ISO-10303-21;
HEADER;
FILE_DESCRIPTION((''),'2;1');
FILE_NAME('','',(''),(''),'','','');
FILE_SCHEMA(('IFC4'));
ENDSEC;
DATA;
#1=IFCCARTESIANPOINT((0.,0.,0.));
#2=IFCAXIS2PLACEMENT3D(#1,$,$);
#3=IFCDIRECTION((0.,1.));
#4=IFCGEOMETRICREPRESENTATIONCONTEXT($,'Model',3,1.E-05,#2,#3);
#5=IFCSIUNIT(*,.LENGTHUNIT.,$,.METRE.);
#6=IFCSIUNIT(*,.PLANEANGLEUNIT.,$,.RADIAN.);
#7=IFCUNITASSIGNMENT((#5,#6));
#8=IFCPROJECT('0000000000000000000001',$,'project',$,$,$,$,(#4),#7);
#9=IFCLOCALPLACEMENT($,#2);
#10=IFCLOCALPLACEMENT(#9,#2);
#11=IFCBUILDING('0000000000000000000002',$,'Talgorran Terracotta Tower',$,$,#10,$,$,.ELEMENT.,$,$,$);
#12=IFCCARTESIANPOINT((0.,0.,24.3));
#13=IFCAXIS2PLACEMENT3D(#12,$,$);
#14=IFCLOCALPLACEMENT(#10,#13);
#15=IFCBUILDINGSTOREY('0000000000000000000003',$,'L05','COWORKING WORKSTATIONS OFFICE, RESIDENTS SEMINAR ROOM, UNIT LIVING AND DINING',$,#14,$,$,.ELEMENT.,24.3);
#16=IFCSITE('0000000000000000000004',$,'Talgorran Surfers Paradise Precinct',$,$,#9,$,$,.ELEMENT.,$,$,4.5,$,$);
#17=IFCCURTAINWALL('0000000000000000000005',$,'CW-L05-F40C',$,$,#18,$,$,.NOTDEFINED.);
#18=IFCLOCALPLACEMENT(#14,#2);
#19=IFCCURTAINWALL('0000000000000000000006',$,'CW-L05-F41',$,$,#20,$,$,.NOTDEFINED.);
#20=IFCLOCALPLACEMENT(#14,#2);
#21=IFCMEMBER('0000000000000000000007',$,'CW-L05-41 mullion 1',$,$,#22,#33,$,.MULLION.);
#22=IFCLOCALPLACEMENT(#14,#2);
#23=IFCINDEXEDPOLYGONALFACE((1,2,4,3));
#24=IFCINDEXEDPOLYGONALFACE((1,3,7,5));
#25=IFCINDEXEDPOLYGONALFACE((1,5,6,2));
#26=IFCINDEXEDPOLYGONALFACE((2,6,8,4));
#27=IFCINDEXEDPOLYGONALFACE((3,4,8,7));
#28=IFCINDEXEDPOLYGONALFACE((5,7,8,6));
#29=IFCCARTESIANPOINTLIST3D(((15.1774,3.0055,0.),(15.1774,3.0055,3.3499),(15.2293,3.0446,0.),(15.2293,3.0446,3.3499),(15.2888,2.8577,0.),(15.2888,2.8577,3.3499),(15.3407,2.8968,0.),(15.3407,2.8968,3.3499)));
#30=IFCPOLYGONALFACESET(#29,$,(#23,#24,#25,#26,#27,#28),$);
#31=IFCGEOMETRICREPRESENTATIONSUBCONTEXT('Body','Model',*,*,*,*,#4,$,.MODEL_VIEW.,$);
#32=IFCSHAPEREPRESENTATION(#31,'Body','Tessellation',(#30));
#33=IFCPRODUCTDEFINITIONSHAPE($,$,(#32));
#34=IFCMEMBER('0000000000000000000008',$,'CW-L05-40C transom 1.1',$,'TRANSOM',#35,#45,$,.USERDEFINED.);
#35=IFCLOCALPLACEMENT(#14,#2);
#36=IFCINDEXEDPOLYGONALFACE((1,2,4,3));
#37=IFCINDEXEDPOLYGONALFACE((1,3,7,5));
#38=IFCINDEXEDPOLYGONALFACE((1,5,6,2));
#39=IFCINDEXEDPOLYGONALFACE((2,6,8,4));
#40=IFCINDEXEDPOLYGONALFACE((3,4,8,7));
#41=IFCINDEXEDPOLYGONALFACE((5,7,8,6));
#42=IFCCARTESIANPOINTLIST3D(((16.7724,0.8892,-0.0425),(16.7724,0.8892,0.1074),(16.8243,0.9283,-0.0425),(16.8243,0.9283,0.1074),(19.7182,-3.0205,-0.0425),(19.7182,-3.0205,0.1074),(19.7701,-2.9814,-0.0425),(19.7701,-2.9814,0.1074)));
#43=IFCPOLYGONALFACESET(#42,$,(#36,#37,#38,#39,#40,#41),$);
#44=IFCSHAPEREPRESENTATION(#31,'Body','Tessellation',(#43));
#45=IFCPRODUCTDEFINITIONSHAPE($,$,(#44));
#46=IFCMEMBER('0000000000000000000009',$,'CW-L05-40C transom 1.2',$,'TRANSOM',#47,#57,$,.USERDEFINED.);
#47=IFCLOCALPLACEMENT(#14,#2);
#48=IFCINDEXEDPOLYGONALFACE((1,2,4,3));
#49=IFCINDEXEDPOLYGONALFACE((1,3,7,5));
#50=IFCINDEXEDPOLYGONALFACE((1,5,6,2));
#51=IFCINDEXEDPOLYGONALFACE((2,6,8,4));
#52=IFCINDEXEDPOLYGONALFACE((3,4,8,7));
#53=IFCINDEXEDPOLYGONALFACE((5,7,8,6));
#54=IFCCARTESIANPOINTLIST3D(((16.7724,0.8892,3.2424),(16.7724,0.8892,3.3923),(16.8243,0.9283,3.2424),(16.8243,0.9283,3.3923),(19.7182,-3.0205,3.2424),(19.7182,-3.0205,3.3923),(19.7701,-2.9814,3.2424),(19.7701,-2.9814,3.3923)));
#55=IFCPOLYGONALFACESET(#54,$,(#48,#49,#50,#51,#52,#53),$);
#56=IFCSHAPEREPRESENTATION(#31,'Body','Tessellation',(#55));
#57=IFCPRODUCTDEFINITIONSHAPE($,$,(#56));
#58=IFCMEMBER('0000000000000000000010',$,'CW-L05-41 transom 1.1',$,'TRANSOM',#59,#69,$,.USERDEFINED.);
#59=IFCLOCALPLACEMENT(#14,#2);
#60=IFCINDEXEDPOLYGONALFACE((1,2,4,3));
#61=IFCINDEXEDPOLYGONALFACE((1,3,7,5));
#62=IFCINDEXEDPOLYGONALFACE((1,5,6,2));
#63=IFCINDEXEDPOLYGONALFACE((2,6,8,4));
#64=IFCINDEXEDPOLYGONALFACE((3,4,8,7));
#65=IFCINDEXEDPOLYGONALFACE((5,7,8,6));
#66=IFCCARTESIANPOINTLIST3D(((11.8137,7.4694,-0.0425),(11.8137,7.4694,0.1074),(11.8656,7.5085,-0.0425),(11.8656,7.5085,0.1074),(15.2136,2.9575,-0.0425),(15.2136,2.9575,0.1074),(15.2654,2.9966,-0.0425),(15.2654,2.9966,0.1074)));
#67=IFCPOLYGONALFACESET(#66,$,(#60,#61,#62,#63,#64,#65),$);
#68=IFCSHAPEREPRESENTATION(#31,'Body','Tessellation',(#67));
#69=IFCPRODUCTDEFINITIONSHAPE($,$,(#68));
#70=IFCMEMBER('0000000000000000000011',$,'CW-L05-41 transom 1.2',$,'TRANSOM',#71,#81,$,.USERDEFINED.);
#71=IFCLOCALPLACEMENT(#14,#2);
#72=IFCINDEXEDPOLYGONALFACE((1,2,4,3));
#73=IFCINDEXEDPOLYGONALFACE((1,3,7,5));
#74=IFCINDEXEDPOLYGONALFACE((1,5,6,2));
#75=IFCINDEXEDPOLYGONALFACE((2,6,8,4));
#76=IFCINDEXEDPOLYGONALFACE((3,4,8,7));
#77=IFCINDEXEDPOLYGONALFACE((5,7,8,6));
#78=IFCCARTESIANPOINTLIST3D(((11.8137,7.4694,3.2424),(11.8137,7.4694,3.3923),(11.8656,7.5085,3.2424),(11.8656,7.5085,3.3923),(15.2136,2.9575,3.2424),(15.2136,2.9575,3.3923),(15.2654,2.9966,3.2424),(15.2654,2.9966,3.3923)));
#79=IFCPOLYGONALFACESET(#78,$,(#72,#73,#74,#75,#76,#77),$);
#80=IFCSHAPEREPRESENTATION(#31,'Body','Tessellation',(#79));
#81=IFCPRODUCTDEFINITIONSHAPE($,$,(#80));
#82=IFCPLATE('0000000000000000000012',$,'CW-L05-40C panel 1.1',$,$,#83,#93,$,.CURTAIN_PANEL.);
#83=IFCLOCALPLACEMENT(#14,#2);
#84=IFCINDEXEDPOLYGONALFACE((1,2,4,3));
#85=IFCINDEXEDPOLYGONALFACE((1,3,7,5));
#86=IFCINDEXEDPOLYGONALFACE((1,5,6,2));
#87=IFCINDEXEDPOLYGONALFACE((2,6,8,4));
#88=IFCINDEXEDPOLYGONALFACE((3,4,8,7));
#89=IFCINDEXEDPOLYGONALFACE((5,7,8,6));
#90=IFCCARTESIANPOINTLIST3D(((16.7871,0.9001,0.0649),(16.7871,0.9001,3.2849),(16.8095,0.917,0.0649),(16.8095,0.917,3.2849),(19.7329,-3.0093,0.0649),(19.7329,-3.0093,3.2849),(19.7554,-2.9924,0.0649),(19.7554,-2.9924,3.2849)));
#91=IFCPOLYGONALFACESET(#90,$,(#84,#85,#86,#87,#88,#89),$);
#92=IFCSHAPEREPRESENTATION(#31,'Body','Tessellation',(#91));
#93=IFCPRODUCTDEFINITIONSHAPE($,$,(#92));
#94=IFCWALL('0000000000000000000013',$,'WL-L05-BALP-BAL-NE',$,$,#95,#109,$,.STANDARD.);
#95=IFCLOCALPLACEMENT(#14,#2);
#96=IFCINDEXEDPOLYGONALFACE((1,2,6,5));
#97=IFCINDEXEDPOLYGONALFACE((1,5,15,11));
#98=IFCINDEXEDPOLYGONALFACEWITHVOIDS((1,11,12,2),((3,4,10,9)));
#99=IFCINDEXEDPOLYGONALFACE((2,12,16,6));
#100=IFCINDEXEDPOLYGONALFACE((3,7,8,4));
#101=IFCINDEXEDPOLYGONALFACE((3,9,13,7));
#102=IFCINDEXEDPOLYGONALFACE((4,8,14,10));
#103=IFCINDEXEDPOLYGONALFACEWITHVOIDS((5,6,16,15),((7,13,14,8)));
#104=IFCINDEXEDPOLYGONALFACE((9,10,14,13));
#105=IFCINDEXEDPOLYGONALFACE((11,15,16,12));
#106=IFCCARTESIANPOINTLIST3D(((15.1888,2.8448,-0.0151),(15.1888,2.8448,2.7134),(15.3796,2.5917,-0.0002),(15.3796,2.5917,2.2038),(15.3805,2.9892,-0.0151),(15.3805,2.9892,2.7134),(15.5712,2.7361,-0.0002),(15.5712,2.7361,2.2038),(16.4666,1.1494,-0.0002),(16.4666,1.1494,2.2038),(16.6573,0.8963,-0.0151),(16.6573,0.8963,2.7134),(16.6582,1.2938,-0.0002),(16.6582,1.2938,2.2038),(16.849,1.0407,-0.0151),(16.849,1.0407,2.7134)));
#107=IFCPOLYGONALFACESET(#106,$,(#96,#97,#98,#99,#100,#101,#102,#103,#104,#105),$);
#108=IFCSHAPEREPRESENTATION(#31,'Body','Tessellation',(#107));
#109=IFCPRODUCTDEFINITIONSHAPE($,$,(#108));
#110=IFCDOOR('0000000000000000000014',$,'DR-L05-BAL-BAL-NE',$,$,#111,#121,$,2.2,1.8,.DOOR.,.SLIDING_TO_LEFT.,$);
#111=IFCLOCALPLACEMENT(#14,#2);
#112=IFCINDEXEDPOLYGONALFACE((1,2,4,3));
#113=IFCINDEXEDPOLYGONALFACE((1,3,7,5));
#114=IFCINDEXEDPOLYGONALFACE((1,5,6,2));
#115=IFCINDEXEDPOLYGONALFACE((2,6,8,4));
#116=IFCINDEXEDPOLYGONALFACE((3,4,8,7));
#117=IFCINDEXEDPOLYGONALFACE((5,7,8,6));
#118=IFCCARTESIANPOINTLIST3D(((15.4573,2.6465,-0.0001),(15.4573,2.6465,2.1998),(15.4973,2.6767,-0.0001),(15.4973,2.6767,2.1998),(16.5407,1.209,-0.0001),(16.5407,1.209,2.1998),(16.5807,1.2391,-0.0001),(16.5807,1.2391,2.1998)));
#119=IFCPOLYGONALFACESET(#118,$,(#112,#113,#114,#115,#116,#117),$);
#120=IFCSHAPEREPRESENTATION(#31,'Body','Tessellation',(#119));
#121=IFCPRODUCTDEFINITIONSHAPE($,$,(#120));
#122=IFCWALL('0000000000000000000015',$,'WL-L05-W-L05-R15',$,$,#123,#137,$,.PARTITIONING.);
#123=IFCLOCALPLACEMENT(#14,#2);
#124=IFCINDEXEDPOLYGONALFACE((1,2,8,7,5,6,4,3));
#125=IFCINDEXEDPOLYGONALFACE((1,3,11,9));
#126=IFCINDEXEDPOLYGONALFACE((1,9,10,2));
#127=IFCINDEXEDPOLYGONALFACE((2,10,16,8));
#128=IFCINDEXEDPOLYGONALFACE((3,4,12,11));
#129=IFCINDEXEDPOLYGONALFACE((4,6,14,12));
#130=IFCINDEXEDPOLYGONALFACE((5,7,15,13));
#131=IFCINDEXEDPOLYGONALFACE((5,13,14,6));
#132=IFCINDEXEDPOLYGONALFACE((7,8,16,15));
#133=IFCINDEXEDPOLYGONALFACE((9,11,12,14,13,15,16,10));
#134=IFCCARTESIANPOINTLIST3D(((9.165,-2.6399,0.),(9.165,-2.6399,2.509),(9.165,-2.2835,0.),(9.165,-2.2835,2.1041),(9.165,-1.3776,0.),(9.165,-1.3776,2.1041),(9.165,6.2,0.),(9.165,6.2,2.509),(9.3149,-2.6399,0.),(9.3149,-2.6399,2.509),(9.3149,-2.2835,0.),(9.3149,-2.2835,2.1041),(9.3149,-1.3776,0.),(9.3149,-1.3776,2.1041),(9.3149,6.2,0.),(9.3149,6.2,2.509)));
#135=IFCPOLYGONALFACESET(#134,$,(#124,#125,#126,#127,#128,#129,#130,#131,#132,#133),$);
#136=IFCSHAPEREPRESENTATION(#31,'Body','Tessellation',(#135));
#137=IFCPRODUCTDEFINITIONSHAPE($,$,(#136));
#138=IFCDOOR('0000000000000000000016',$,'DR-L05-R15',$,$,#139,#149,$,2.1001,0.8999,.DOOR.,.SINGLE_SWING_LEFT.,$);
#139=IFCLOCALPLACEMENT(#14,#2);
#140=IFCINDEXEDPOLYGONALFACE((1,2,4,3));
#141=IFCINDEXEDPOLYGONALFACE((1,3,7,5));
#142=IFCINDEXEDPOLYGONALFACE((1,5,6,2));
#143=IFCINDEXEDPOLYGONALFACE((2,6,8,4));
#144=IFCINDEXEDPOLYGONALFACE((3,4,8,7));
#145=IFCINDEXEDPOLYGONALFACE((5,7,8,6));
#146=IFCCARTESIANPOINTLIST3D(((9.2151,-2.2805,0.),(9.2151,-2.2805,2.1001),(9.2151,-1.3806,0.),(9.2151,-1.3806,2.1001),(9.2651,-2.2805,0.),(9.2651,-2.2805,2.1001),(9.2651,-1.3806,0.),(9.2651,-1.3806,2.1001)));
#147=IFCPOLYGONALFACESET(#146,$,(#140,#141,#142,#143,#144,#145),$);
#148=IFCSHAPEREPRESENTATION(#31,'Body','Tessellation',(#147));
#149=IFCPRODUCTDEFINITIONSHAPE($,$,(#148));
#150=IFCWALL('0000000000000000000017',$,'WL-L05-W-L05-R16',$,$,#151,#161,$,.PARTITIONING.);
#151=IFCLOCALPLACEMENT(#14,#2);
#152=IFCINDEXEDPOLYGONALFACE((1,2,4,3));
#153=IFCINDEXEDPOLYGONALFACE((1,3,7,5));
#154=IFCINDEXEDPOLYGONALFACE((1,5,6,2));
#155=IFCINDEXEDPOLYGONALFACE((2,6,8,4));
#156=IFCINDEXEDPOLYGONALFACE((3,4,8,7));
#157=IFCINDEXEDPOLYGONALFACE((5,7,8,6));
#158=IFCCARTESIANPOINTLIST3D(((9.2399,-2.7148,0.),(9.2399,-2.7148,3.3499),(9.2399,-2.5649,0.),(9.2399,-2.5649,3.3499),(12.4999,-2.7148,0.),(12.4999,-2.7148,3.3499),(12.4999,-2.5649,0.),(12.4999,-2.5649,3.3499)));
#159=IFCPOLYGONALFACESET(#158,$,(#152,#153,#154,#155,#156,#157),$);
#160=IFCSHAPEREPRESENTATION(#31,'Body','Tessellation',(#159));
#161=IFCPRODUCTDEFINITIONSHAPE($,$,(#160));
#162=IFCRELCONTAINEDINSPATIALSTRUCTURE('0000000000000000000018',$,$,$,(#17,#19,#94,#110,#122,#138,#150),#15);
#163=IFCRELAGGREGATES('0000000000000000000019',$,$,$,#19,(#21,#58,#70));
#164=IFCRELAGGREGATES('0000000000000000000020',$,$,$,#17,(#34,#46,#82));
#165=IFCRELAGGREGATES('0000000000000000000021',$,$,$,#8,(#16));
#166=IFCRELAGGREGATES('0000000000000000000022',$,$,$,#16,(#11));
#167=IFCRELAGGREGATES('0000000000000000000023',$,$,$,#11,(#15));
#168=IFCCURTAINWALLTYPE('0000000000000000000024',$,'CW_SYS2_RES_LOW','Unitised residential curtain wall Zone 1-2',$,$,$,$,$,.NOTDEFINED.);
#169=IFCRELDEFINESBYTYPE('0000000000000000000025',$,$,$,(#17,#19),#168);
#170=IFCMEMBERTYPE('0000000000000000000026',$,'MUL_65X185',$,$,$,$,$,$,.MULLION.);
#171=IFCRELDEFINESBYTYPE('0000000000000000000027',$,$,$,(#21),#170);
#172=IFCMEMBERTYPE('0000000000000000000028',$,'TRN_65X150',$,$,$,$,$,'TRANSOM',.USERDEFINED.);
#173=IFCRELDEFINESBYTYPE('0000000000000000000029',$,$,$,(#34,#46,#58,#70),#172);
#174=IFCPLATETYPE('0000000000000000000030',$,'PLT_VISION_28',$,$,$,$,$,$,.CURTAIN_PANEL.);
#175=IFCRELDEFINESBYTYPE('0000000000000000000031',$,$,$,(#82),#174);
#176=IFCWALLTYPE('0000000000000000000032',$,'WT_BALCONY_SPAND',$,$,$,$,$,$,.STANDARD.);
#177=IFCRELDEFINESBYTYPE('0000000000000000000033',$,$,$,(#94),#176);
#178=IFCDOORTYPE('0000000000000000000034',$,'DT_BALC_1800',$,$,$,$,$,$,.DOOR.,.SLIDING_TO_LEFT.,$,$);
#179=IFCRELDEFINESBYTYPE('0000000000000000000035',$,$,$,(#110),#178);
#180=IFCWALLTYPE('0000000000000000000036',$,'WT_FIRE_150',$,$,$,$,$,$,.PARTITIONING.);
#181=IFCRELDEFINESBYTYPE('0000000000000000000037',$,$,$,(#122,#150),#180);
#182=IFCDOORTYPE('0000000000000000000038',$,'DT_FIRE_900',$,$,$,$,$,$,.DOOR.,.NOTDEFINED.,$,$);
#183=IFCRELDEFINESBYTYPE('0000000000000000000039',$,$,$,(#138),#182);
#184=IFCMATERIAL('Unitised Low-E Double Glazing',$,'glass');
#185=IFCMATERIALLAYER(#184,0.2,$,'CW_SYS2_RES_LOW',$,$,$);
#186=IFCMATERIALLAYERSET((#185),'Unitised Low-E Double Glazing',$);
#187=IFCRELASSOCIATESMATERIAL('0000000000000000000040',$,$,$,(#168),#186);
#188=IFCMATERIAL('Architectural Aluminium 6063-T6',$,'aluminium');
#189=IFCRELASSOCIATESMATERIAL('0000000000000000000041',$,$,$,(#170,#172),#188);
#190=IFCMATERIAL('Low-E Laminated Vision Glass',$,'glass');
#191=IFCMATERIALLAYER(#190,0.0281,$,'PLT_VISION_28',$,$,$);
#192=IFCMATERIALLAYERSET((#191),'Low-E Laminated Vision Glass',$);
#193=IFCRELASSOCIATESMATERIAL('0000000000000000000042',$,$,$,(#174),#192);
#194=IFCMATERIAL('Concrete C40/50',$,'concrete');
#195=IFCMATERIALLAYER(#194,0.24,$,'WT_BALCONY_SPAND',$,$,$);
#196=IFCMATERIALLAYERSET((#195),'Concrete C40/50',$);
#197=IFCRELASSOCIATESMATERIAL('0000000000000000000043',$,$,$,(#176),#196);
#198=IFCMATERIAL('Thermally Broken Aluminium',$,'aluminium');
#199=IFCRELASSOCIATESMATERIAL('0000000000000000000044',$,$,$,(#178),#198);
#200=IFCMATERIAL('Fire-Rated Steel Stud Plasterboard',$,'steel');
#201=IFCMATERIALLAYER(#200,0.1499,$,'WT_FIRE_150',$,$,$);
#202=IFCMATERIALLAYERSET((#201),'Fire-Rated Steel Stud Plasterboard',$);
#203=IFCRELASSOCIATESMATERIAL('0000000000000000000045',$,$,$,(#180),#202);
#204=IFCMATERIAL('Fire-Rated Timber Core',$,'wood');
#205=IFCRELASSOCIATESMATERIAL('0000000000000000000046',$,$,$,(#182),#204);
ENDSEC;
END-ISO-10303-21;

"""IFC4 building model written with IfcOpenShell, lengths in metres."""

from ifc_helpers import new_model, si_unit, direction, frame, frame_2d, origin, origin_2d, place, context, subcontext, project, spatial, rectangle, extrude, source, transform, mapped, material, layer, layer_set, material_profile, profile_set, type_object, type_shapes, element, fill, aggregate, save


model = new_model("IFC4")

# Units and contexts
model_context = context("Model", 3, precision=1e-05, world=origin(), true_north=direction((0.0, 1.0)))
body_context = subcontext(model_context, "Body", "Model", "MODEL_VIEW")
ifc_project = project(units=[si_unit("LENGTHUNIT", "METRE"), si_unit("PLANEANGLEUNIT", "RADIAN")], contexts=[model_context])

# Site, building, storey
site_placement = place(None, origin())
site = spatial("IfcSite", under=ifc_project, at=site_placement, Name="Talgorran Surfers Paradise Precinct", CompositionType="ELEMENT", RefElevation=4.5)
building_placement = place(site_placement, origin())
building = spatial("IfcBuilding", under=site, at=building_placement, Name="Talgorran Terracotta Tower", CompositionType="ELEMENT")
storey_placement = place(building_placement, frame((0.0, 0.0, 24.3)))
storey = spatial("IfcBuildingStorey", under=building, at=storey_placement, Name="L05", Description="COWORKING WORKSTATIONS OFFICE, RESIDENTS SEMINAR ROOM, UNIT LIVING AND DINING", CompositionType="ELEMENT", Elevation=24.3)

# Shared definitions
ifc_material_1 = material(Name="Unitised Low-E Double Glazing", Category="glass")
ifc_layer_1 = layer(ifc_material_1, 0.2, Name="CW_SYS2_RES_LOW")
ifc_layer_set_1 = layer_set([ifc_layer_1], Name="Unitised Low-E Double Glazing")
curtain_wall_type = type_object("IfcCurtainWallType", Name="CW_SYS2_RES_LOW", Description="Unitised residential curtain wall Zone 1-2", PredefinedType="NOTDEFINED", material=ifc_layer_set_1)
ifc_material_2 = material(Name="Architectural Aluminium 6063-T6", Category="aluminium")
ifc_material_profile_1 = material_profile(ifc_material_2, rectangle(XDim=0.0649, YDim=0.1851, at=origin_2d()), Name="CWM65X185")
ifc_profile_set_1 = profile_set([ifc_material_profile_1], Name="Architectural Aluminium 6063-T6")
member_type_1 = type_object("IfcMemberType", Name="MUL_65X185", PredefinedType="MULLION", material=ifc_profile_set_1)

# Curtain wall
curtain_wall_1_placement = place(storey_placement, origin())
curtain_wall_1 = element("IfcCurtainWall", 1, at=curtain_wall_1_placement, inside=storey, type_object=curtain_wall_type, Name="CW-L05-F40C", PredefinedType="NOTDEFINED")

# Curtain wall, member
curtain_wall_2_placement = place(storey_placement, origin())
curtain_wall_2 = element("IfcCurtainWall", 2, at=curtain_wall_2_placement, inside=storey, type_object=curtain_wall_type, Name="CW-L05-F41", PredefinedType="NOTDEFINED")
member_1_placement = place(storey_placement, frame((15.259, 2.9512, 0.0), z_axis=(0.0, 0.0, 1.0), x_axis=(-0.79864, -0.601809, 0.0)))
member_1 = element("IfcMember", 3, at=member_1_placement, type_object=member_type_1, Name="CW-L05-41 mullion 1", PredefinedType="MULLION", context=body_context, shape_type="SweptSolid", body=[
    extrude(rectangle(XDim=0.0649, YDim=0.1851, at=origin_2d()), origin(), (0.0, 0.0, 1.0), 3.3499),
])

# Members
ifc_material_profile_2 = material_profile(ifc_material_2, rectangle(XDim=0.0649, YDim=0.1499, at=origin_2d()), Name="CWT65X150")
ifc_profile_set_2 = profile_set([ifc_material_profile_2], Name="Architectural Aluminium 6063-T6")
member_type_2 = type_object("IfcMemberType", Name="TRN_65X150", ElementType="TRANSOM", PredefinedType="USERDEFINED", material=ifc_profile_set_2)
member_2_placement = place(storey_placement, frame((19.7441, -3.001, 0.0325), z_axis=(-0.60177, 0.798669, 0.0), x_axis=(-0.798669, -0.60177, 0.0)))
member_2 = element("IfcMember", 4, at=member_2_placement, type_object=member_type_2, Name="CW-L05-40C transom 1.1", ObjectType="TRANSOM", PredefinedType="USERDEFINED", context=body_context, shape_type="SweptSolid", body=[
    extrude(rectangle(XDim=0.0649, YDim=0.1499, at=origin_2d()), origin(), (0.0, 0.0, 1.0), 4.8953),
])
member_3_placement = place(storey_placement, frame((19.7441, -3.001, 3.3174), z_axis=(-0.60177, 0.798669, 0.0), x_axis=(-0.798669, -0.60177, 0.0)))
member_3 = element("IfcMember", 5, at=member_3_placement, type_object=member_type_2, Name="CW-L05-40C transom 1.2", ObjectType="TRANSOM", PredefinedType="USERDEFINED", context=body_context, shape_type="SweptSolid", body=[
    extrude(rectangle(XDim=0.0649, YDim=0.1499, at=origin_2d()), origin(), (0.0, 0.0, 1.0), 4.8953),
])
member_4_placement = place(storey_placement, frame((15.2395, 2.9771, 0.0325), z_axis=(-0.601803, 0.798644, 0.0), x_axis=(-0.798644, -0.601803, 0.0)))
member_4 = element("IfcMember", 6, at=member_4_placement, type_object=member_type_2, Name="CW-L05-41 transom 1.1", ObjectType="TRANSOM", PredefinedType="USERDEFINED", context=body_context, shape_type="SweptSolid", body=[
    extrude(rectangle(XDim=0.0649, YDim=0.1499, at=origin_2d()), origin(), (0.0, 0.0, 1.0), 5.6494),
])
member_5_placement = place(storey_placement, frame((15.2395, 2.9771, 3.3174), z_axis=(-0.601803, 0.798644, 0.0), x_axis=(-0.798644, -0.601803, 0.0)))
member_5 = element("IfcMember", 7, at=member_5_placement, type_object=member_type_2, Name="CW-L05-41 transom 1.2", ObjectType="TRANSOM", PredefinedType="USERDEFINED", context=body_context, shape_type="SweptSolid", body=[
    extrude(rectangle(XDim=0.0649, YDim=0.1499, at=origin_2d()), origin(), (0.0, 0.0, 1.0), 5.6494),
])
aggregate(curtain_wall_2, [member_1, member_4, member_5])

# Plate
ifc_material_3 = material(Name="Low-E Laminated Vision Glass", Category="glass")
ifc_layer_2 = layer(ifc_material_3, 0.0281, Name="PLT_VISION_28")
ifc_layer_set_2 = layer_set([ifc_layer_2], Name="Low-E Laminated Vision Glass")
plate_type = type_object("IfcPlateType", Name="PLT_VISION_28", PredefinedType="CURTAIN_PANEL", material=ifc_layer_set_2)
shared_shape_1 = source(origin(), body_context, "Body", "SweptSolid", [
    extrude(rectangle(XDim=4.895, YDim=0.0281, at=origin_2d()), origin(), (0.0, 0.0, 1.0), 3.22),
])
type_shapes(plate_type, [shared_shape_1])
plate_placement = place(storey_placement, frame((18.2712, -1.0461, 0.0649), z_axis=(0.0, 0.0, 1.0), x_axis=(-0.601797, 0.798649, 0.0)))
plate = element("IfcPlate", 8, at=plate_placement, type_object=plate_type, Name="CW-L05-40C panel 1.1", PredefinedType="CURTAIN_PANEL", context=body_context, shape_type="MappedRepresentation", body=[
    mapped(shared_shape_1, transform((0.0, 0.0, 0.0), scale=1.0)),
])
aggregate(curtain_wall_1, [member_2, member_3, plate])

# Walls, openings, doors
ifc_material_4 = material(Name="Concrete C40/50", Category="concrete")
ifc_layer_3 = layer(ifc_material_4, 0.24, Name="WT_BALCONY_SPAND")
ifc_layer_set_3 = layer_set([ifc_layer_3], Name="Concrete C40/50")
wall_type_1 = type_object("IfcWallType", Name="WT_BALCONY_SPAND", PredefinedType="STANDARD", material=ifc_layer_set_3)
wall_1_placement = place(storey_placement, frame((16.7532, 0.9685, -0.0151), z_axis=(0.0, 0.0, 1.0), x_axis=(-0.601872, 0.798593, 0.0)))
wall_1 = element("IfcWall", 9, at=wall_1_placement, inside=storey, type_object=wall_type_1, Name="WL-L05-BALP-BAL-NE", PredefinedType="STANDARD", context=body_context, shape_type="SweptSolid", body=[
    extrude(rectangle(XDim=2.4399, YDim=0.24, at=frame_2d((1.22, 0.0))), origin(), (0.0, 0.0, 1.0), 2.7285),
])
opening_1_placement = place(wall_1_placement, frame((0.3201, 0.0, 0.0149)))
opening_1 = element("IfcOpeningElement", 10, at=opening_1_placement, cuts=wall_1, PredefinedType="OPENING", context=body_context, shape_type="SweptSolid", body=[
    extrude(rectangle(XDim=1.806, YDim=2.204, at=frame_2d((0.8999, 1.1021))), frame((0.0, 0.1299, 0.0), z_axis=(0.0, -1.0, 0.0), x_axis=(1.0, 0.0, 0.0)), (0.0, 0.0, 1.0), 0.26),
])
ifc_material_5 = material(Name="Thermally Broken Aluminium", Category="aluminium")
door_type_1 = type_object("IfcDoorType", Name="DT_BALC_1800", OperationType="SLIDING_TO_LEFT", PredefinedType="DOOR", material=ifc_material_5)
door_1_placement = place(opening_1_placement, origin())
door_1 = element("IfcDoor", 11, at=door_1_placement, inside=storey, type_object=door_type_1, Name="DR-L05-BAL-BAL-NE", OperationType="SLIDING_TO_LEFT", OverallHeight=2.2, OverallWidth=1.8, PredefinedType="DOOR", context=body_context, shape_type="SweptSolid", body=[
    extrude(rectangle(XDim=1.8, YDim=2.2, at=frame_2d((0.8999, 1.1001))), frame((0.0, 0.0249, 0.0), z_axis=(0.0, -1.0, 0.0), x_axis=(1.0, 0.0, 0.0)), (0.0, 0.0, 1.0), 0.05),
])
fill(opening_1, door_1)
ifc_material_6 = material(Name="Fire-Rated Steel Stud Plasterboard", Category="steel")
ifc_layer_4 = layer(ifc_material_6, 0.1499, Name="WT_FIRE_150")
ifc_layer_set_4 = layer_set([ifc_layer_4], Name="Fire-Rated Steel Stud Plasterboard")
wall_type_2 = type_object("IfcWallType", Name="WT_FIRE_150", PredefinedType="PARTITIONING", material=ifc_layer_set_4)
wall_2_placement = place(storey_placement, frame((9.24, -2.6399, 0.0), z_axis=(0.0, 0.0, 1.0), x_axis=(0.0, 1.0, 0.0)))
wall_2 = element("IfcWall", 12, at=wall_2_placement, inside=storey, type_object=wall_type_2, Name="WL-L05-W-L05-R15", PredefinedType="PARTITIONING", context=body_context, shape_type="SweptSolid", body=[
    extrude(rectangle(XDim=8.8398, YDim=0.1499, at=frame_2d((4.4199, 0.0))), origin(), (0.0, 0.0, 1.0), 2.509),
])
opening_2_placement = place(wall_2_placement, frame((0.3594, 0.0, 0.0)))
opening_2 = element("IfcOpeningElement", 13, at=opening_2_placement, cuts=wall_2, PredefinedType="OPENING", context=body_context, shape_type="SweptSolid", body=[
    extrude(rectangle(XDim=0.9059, YDim=2.1041, at=frame_2d((0.45, 1.052))), frame((0.0, 0.085, 0.0), z_axis=(0.0, -1.0, 0.0), x_axis=(1.0, 0.0, 0.0)), (0.0, 0.0, 1.0), 0.1699),
])
ifc_material_7 = material(Name="Fire-Rated Timber Core", Category="wood")
door_type_2 = type_object("IfcDoorType", Name="DT_FIRE_900", OperationType="NOTDEFINED", PredefinedType="DOOR", material=ifc_material_7)
door_2_placement = place(opening_2_placement, origin())
door_2 = element("IfcDoor", 14, at=door_2_placement, inside=storey, type_object=door_type_2, Name="DR-L05-R15", OperationType="SINGLE_SWING_LEFT", OverallHeight=2.1001, OverallWidth=0.8999, PredefinedType="DOOR", context=body_context, shape_type="SweptSolid", body=[
    extrude(rectangle(XDim=0.8999, YDim=2.1001, at=frame_2d((0.45, 1.05))), frame((0.0, 0.0249, 0.0), z_axis=(0.0, -1.0, 0.0), x_axis=(1.0, 0.0, 0.0)), (0.0, 0.0, 1.0), 0.05),
])
fill(opening_2, door_2)

# Wall
wall_3_placement = place(storey_placement, frame((9.24, -2.6399, 0.0), z_axis=(0.0, 0.0, 1.0), x_axis=(1.0, 0.0, 0.0)))
element("IfcWall", 15, at=wall_3_placement, inside=storey, type_object=wall_type_2, Name="WL-L05-W-L05-R16", PredefinedType="PARTITIONING", context=body_context, shape_type="SweptSolid", body=[
    extrude(rectangle(XDim=3.26, YDim=0.1499, at=frame_2d((1.6299, 0.0))), origin(), (0.0, 0.0, 1.0), 3.3499),
])

save(model, "model.ifc")
